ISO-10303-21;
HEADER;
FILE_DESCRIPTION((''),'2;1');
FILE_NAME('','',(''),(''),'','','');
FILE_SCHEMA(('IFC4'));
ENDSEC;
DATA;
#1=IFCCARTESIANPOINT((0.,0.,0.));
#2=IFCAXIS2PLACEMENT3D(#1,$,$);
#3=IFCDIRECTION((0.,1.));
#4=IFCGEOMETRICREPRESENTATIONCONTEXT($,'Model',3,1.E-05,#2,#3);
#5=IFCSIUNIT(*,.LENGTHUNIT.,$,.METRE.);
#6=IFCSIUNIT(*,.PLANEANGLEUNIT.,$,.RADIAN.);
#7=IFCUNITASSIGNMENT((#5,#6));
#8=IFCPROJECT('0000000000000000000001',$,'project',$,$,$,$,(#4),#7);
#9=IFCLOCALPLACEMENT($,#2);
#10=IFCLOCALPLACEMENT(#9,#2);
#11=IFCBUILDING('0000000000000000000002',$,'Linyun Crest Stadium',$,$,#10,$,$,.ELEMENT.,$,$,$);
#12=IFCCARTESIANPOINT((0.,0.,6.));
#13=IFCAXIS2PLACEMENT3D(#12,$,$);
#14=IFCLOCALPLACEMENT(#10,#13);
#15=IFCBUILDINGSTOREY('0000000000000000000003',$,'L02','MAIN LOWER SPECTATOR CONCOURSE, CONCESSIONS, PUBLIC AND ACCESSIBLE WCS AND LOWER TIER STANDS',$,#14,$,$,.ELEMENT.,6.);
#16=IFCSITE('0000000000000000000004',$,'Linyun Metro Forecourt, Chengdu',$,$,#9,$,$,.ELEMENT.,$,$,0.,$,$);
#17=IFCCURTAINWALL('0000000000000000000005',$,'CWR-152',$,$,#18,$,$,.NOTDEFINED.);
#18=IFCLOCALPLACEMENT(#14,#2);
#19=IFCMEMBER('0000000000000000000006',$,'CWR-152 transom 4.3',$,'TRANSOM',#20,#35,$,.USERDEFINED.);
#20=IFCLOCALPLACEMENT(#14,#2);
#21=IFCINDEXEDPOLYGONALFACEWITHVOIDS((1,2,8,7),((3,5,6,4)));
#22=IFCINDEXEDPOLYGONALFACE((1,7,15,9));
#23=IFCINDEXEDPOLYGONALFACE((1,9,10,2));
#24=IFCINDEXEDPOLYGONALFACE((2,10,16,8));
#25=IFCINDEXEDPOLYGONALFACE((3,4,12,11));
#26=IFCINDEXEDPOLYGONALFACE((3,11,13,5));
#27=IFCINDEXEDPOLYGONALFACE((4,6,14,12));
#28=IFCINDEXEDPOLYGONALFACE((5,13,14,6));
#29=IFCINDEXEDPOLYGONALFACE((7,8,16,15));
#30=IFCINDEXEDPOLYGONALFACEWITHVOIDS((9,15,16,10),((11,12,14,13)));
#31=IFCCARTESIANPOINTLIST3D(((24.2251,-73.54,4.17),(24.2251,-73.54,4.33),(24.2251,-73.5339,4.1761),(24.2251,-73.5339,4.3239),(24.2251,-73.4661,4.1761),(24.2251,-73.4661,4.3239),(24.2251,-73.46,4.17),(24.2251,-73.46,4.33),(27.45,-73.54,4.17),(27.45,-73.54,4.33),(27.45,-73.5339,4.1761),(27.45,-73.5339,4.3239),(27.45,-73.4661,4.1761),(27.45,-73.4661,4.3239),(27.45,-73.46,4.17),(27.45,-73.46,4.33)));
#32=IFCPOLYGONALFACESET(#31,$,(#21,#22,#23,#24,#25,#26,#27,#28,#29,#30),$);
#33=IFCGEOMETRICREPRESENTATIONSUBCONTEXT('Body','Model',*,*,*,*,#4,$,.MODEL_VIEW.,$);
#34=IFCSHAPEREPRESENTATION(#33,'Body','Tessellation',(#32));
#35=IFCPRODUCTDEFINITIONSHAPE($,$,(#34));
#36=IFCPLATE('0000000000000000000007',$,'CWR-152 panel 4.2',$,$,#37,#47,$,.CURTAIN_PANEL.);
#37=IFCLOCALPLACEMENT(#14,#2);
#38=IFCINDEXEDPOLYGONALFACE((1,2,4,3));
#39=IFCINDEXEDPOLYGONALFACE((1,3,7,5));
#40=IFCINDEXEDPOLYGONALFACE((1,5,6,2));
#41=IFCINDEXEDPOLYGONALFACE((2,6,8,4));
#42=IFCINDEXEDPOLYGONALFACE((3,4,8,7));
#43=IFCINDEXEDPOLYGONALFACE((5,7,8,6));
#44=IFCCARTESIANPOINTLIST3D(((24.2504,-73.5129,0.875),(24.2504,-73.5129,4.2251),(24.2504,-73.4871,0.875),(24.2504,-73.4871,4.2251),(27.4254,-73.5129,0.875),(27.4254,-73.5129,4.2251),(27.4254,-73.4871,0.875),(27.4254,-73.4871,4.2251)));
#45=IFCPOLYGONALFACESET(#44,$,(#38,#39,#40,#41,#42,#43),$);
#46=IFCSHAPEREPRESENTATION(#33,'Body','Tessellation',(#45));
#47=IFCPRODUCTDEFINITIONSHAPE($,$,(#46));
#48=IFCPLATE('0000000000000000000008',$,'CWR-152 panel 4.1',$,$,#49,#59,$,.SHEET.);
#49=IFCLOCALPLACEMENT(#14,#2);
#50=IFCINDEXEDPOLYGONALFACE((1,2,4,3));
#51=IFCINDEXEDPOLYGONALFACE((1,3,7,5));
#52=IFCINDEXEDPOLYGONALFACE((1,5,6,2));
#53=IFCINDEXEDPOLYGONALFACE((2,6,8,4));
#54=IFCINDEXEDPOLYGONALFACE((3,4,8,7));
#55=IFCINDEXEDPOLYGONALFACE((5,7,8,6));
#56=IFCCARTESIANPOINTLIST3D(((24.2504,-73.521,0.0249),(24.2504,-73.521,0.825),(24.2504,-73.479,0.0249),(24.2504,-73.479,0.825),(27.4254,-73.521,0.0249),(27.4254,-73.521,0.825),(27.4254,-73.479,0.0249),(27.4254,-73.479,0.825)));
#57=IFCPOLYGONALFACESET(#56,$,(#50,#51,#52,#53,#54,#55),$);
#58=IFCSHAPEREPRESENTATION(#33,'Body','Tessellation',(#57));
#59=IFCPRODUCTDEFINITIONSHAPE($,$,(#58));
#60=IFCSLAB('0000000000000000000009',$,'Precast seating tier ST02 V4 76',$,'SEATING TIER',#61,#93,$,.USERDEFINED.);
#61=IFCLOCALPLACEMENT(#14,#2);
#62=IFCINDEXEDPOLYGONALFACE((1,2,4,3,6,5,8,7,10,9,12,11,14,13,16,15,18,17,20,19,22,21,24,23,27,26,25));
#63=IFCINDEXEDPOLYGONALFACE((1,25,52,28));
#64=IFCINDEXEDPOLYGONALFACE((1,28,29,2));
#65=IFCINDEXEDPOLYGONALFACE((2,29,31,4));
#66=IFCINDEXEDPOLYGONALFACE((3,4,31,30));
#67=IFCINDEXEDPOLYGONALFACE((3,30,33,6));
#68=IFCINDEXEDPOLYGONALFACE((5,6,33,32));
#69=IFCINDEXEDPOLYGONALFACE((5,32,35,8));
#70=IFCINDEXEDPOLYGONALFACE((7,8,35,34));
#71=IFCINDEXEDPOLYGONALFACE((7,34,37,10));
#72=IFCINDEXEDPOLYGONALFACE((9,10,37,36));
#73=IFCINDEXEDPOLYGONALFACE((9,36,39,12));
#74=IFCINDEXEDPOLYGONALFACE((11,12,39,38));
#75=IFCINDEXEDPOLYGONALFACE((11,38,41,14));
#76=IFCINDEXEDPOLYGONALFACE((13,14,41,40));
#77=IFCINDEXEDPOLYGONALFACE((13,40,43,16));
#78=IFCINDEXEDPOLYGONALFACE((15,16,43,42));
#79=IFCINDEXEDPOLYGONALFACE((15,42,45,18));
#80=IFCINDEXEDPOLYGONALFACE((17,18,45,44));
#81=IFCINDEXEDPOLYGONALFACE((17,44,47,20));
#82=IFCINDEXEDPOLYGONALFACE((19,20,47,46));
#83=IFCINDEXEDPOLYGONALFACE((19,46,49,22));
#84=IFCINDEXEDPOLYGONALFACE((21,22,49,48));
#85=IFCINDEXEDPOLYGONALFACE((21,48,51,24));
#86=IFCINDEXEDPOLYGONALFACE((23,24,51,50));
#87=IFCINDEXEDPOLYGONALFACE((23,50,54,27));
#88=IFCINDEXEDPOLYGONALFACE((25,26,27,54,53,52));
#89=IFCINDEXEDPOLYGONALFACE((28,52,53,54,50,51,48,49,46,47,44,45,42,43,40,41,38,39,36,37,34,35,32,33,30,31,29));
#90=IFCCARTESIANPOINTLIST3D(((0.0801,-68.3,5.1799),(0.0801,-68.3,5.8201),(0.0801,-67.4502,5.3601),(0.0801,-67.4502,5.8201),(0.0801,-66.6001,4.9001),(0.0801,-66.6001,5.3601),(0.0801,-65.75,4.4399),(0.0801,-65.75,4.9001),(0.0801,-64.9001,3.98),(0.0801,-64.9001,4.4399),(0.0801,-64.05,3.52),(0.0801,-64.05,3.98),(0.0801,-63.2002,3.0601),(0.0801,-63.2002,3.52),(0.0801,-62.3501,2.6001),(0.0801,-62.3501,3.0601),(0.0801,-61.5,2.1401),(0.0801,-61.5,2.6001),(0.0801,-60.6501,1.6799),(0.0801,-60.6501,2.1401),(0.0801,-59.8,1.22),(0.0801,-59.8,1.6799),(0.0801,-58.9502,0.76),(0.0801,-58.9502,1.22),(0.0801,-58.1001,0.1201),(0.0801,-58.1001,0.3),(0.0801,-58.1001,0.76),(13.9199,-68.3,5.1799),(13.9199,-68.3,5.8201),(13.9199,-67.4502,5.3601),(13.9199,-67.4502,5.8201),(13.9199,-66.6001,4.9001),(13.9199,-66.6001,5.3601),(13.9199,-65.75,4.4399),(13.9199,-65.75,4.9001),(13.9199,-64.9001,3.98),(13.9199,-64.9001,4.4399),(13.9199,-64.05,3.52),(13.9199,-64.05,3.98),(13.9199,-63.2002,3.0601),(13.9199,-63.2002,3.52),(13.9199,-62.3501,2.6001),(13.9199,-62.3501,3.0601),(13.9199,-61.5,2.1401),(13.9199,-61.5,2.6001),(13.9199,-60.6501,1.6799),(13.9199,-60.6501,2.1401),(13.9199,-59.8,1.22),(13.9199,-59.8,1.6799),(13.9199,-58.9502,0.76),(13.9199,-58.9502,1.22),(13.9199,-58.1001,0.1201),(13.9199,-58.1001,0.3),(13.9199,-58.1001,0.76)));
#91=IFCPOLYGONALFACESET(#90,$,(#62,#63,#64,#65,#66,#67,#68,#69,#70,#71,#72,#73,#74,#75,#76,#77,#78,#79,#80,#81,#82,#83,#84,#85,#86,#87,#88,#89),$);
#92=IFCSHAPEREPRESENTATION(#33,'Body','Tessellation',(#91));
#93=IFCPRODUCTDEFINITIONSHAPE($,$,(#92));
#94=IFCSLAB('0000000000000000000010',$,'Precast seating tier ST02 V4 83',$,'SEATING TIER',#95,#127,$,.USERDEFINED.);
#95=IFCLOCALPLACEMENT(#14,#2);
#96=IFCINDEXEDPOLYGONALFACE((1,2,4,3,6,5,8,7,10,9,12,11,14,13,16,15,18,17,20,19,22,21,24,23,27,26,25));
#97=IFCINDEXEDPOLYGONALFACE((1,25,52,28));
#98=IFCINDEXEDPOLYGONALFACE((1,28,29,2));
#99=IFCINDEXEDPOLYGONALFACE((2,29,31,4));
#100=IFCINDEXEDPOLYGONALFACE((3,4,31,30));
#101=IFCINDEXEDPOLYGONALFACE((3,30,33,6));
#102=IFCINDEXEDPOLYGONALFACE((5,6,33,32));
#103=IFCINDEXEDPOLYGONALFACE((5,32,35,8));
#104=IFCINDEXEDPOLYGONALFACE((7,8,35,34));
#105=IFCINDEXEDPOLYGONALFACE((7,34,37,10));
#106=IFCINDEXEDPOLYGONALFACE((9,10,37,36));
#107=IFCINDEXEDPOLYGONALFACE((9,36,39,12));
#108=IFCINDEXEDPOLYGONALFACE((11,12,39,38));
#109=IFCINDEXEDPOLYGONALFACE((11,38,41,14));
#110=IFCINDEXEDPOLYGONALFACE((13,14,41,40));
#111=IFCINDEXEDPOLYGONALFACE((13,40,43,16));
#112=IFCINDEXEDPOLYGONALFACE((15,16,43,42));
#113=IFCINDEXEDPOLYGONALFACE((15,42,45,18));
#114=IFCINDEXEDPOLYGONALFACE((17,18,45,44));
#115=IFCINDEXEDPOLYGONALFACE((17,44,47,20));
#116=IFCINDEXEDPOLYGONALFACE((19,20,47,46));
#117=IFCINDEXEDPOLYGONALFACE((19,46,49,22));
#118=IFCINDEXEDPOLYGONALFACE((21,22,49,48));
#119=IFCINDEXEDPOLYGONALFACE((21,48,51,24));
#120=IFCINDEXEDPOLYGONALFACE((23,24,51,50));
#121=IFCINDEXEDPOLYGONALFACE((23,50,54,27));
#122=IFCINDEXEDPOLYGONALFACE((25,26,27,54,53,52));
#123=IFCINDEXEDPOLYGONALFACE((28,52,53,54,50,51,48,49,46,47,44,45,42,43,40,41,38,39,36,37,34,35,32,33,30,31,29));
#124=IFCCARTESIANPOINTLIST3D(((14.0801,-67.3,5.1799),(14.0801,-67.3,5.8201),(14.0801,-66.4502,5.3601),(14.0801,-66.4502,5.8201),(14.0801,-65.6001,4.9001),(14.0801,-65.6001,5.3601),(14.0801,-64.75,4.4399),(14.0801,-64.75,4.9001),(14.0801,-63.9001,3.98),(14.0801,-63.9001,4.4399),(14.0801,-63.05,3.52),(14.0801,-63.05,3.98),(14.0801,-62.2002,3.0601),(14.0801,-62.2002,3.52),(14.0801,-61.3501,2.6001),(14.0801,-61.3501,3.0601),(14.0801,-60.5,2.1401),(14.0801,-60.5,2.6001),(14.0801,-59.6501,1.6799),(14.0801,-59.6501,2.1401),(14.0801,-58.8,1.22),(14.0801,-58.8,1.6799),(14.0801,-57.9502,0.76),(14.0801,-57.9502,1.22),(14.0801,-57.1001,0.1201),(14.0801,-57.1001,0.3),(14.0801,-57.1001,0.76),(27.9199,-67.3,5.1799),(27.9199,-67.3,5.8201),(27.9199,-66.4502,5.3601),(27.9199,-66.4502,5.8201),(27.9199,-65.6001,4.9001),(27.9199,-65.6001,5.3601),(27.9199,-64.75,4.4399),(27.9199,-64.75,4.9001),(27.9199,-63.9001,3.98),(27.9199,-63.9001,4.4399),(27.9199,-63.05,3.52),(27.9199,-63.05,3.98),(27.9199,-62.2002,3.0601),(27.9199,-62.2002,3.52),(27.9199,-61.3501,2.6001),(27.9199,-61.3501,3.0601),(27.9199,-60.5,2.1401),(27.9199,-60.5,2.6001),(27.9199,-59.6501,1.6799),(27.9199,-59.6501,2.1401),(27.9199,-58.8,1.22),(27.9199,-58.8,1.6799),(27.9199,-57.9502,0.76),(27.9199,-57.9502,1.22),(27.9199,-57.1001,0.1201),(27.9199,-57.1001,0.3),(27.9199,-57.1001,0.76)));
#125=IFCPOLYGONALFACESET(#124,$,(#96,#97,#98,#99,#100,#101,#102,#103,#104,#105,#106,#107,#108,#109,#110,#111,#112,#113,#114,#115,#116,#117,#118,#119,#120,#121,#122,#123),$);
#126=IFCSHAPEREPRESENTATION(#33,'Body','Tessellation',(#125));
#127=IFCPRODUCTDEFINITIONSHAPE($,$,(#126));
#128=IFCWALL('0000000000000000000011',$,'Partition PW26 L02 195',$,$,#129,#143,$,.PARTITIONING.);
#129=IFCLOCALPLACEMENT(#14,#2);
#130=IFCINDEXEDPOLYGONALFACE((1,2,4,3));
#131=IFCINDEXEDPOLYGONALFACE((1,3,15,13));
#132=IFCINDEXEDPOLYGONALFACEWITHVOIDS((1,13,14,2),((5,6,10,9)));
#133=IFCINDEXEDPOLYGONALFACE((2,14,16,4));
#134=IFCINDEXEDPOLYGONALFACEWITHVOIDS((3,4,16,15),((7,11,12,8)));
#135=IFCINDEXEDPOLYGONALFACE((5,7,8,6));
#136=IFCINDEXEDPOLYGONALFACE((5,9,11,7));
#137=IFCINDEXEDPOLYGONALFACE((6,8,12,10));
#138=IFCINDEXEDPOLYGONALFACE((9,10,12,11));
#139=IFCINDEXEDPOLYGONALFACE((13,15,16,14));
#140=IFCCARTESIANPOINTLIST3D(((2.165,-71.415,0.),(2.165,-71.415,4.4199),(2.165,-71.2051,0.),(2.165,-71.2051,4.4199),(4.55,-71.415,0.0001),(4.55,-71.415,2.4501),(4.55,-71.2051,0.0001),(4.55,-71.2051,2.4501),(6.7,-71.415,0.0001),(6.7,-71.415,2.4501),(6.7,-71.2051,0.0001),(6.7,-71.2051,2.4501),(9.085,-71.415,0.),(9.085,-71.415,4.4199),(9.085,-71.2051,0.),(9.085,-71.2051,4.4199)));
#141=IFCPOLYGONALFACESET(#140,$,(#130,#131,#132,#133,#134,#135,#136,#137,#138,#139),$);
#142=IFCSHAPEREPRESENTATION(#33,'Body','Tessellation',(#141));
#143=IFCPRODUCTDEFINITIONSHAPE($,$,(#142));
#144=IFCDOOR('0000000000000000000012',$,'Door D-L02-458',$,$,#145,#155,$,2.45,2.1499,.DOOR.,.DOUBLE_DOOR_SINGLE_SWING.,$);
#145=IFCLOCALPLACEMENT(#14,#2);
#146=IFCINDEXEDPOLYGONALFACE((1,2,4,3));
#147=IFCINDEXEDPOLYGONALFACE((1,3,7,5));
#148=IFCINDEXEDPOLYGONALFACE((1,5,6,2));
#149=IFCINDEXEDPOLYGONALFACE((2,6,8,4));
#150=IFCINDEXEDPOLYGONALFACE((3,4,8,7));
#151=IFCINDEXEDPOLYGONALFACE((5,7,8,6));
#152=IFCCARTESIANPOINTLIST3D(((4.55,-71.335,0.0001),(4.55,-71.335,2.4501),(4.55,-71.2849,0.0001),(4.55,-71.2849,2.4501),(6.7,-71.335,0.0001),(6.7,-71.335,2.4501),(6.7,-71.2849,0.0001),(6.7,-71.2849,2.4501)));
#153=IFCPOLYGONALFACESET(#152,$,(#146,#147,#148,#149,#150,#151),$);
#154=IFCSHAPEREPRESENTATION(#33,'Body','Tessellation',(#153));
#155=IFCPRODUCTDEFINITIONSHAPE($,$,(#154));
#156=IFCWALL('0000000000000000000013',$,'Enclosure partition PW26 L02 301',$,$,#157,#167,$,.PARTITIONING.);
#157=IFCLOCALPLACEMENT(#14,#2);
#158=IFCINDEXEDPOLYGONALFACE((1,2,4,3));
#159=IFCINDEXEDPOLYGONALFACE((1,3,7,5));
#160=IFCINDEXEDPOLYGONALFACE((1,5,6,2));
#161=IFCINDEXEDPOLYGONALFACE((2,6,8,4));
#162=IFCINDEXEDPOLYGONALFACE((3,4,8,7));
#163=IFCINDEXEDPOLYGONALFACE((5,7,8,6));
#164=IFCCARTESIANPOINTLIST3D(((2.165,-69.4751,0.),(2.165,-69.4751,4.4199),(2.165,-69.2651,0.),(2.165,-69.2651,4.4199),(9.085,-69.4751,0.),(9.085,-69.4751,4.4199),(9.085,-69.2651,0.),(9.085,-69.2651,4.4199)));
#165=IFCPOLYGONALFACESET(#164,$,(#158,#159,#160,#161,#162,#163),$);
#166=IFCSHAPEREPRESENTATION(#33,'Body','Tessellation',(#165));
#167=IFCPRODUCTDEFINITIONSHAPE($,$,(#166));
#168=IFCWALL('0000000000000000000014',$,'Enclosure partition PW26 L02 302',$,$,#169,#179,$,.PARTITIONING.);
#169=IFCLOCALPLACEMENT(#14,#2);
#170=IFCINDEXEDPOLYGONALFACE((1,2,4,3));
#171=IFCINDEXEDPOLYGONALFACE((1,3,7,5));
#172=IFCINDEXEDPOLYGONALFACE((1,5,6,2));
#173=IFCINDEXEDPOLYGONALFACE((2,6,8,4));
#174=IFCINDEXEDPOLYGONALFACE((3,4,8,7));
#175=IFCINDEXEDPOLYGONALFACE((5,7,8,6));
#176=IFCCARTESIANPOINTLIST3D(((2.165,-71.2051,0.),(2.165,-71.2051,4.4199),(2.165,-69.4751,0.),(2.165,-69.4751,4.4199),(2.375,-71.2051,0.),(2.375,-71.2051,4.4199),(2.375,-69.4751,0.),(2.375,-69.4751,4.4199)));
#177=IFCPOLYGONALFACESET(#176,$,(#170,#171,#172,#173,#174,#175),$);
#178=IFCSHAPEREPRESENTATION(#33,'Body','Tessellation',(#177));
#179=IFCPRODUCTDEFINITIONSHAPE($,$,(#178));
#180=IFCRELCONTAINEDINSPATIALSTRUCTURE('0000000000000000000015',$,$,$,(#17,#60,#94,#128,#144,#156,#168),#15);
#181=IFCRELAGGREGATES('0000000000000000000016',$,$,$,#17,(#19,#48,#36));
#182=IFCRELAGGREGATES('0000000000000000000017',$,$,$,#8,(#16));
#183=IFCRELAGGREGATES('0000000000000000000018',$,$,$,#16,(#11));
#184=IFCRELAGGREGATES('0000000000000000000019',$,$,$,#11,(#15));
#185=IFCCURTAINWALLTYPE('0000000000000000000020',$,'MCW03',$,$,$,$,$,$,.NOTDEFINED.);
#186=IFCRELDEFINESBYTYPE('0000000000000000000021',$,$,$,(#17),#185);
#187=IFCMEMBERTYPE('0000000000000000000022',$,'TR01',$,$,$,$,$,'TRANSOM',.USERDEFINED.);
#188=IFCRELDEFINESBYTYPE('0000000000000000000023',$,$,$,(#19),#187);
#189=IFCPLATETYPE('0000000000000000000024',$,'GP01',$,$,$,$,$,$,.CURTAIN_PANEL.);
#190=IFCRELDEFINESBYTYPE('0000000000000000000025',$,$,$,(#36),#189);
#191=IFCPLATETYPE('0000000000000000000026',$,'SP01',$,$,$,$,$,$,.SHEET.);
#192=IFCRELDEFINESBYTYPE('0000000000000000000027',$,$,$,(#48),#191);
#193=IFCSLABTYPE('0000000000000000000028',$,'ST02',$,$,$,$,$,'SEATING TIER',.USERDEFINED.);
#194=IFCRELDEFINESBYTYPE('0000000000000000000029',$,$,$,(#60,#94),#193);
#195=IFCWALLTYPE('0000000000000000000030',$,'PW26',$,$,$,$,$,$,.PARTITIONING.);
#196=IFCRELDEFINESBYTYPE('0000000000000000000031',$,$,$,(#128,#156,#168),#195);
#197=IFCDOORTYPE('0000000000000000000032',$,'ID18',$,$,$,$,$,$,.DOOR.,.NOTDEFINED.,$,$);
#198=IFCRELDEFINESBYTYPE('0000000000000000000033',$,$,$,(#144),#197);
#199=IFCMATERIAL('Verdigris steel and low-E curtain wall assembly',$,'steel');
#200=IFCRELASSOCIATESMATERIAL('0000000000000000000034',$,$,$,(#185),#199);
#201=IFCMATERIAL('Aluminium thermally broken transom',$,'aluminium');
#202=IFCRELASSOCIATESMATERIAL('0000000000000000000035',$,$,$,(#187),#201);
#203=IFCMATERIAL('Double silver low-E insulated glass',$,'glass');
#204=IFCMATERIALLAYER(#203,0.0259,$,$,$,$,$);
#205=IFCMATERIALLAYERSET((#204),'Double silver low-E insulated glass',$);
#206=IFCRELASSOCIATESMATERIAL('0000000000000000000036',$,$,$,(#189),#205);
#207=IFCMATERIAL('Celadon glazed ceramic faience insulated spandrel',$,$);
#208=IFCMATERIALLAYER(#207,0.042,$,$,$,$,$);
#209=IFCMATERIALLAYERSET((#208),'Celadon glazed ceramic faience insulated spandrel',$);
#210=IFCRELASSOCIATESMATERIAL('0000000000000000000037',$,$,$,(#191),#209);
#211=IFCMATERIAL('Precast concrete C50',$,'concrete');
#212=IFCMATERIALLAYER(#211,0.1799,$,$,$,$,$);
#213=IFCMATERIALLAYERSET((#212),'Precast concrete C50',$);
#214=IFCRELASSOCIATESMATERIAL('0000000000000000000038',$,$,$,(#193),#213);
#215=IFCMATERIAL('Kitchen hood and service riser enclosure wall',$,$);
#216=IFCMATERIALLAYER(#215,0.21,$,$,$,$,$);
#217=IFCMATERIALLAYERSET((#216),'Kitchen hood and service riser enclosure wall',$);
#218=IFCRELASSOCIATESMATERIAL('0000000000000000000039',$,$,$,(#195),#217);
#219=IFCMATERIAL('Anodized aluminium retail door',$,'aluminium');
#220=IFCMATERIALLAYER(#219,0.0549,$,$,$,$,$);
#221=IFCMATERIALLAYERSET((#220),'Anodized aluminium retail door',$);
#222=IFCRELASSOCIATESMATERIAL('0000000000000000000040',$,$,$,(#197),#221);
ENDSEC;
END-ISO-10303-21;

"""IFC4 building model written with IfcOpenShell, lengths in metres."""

from ifc_helpers import new_model, si_unit, direction, frame, frame_2d, origin, origin_2d, place, context, subcontext, project, spatial, polyline, rectangle, hollow_rectangle, outline, extrude, material, layer, layer_set, material_profile, profile_set, type_object, element, fill, aggregate, save


model = new_model("IFC4")

# Units and contexts
model_context = context("Model", 3, precision=1e-05, world=origin(), true_north=direction((0.0, 1.0)))
body_context = subcontext(model_context, "Body", "Model", "MODEL_VIEW")
ifc_project = project(units=[si_unit("LENGTHUNIT", "METRE"), si_unit("PLANEANGLEUNIT", "RADIAN")], contexts=[model_context])

# Site, building, storey
site_placement = place(None, origin())
site = spatial("IfcSite", under=ifc_project, at=site_placement, Name="Linyun Metro Forecourt, Chengdu", CompositionType="ELEMENT", RefElevation=0.0)
building_placement = place(site_placement, origin())
building = spatial("IfcBuilding", under=site, at=building_placement, Name="Linyun Crest Stadium", CompositionType="ELEMENT")
storey_placement = place(building_placement, frame((0.0, 0.0, 6.0)))
storey = spatial("IfcBuildingStorey", under=building, at=storey_placement, Name="L02", Description="MAIN LOWER SPECTATOR CONCOURSE, CONCESSIONS, PUBLIC AND ACCESSIBLE WCS AND LOWER TIER STANDS", CompositionType="ELEMENT", Elevation=6.0)

# Curtain wall, member, plates
ifc_material_1 = material(Name="Verdigris steel and low-E curtain wall assembly", Category="steel")
curtain_wall_type = type_object("IfcCurtainWallType", Name="MCW03", PredefinedType="NOTDEFINED", material=ifc_material_1)
curtain_wall_placement = place(storey_placement, origin())
curtain_wall = element("IfcCurtainWall", 1, at=curtain_wall_placement, inside=storey, type_object=curtain_wall_type, Name="CWR-152", PredefinedType="NOTDEFINED")
ifc_material_2 = material(Name="Aluminium thermally broken transom", Category="aluminium")
ifc_material_profile_1 = material_profile(ifc_material_2, hollow_rectangle(XDim=0.0801, YDim=0.1599, WallThickness=0.0061, at=origin_2d()), Name="RHS 160x80x6")
ifc_profile_set_1 = profile_set([ifc_material_profile_1], Name="Aluminium thermally broken transom")
member_type_1 = type_object("IfcMemberType", Name="TR01", ElementType="TRANSOM", PredefinedType="USERDEFINED", material=ifc_profile_set_1)
member_1_placement = place(storey_placement, frame((24.2251, -73.5, 4.25), z_axis=(1.0, 0.0, 0.0), x_axis=(0.0, 1.0, 0.0)))
member_1 = element("IfcMember", 2, at=member_1_placement, type_object=member_type_1, Name="CWR-152 transom 4.3", ObjectType="TRANSOM", PredefinedType="USERDEFINED", context=body_context, shape_type="SweptSolid", body=[
    extrude(hollow_rectangle(XDim=0.0801, YDim=0.1599, WallThickness=0.0061, at=origin_2d()), origin(), (0.0, 0.0, 1.0), 3.2249),
])
ifc_material_3 = material(Name="Double silver low-E insulated glass", Category="glass")
ifc_layer_1 = layer(ifc_material_3, 0.0259)
ifc_layer_set_1 = layer_set([ifc_layer_1], Name="Double silver low-E insulated glass")
plate_type_1 = type_object("IfcPlateType", Name="GP01", PredefinedType="CURTAIN_PANEL", material=ifc_layer_set_1)
plate_1_placement = place(storey_placement, frame((25.8379, -73.5, 0.875), z_axis=(0.0, 0.0, 1.0), x_axis=(1.0, 0.0, 0.0)))
plate_1 = element("IfcPlate", 3, at=plate_1_placement, type_object=plate_type_1, Name="CWR-152 panel 4.2", PredefinedType="CURTAIN_PANEL", context=body_context, shape_type="SweptSolid", body=[
    extrude(rectangle(XDim=3.175, YDim=0.0259, at=origin_2d()), origin(), (0.0, 0.0, 1.0), 3.3501),
])
ifc_material_4 = material(Name="Celadon glazed ceramic faience insulated spandrel")
ifc_layer_2 = layer(ifc_material_4, 0.042)
ifc_layer_set_2 = layer_set([ifc_layer_2], Name="Celadon glazed ceramic faience insulated spandrel")
plate_type_2 = type_object("IfcPlateType", Name="SP01", PredefinedType="SHEET", material=ifc_layer_set_2)
plate_2_placement = place(storey_placement, frame((25.8379, -73.5, 0.0249), z_axis=(0.0, 0.0, 1.0), x_axis=(1.0, 0.0, 0.0)))
plate_2 = element("IfcPlate", 4, at=plate_2_placement, type_object=plate_type_2, Name="CWR-152 panel 4.1", PredefinedType="SHEET", context=body_context, shape_type="SweptSolid", body=[
    extrude(rectangle(XDim=3.175, YDim=0.042, at=origin_2d()), origin(), (0.0, 0.0, 1.0), 0.8),
])
aggregate(curtain_wall, [member_1, plate_2, plate_1])

# Slabs
ifc_material_5 = material(Name="Precast concrete C50", Category="concrete")
ifc_layer_3 = layer(ifc_material_5, 0.1799)
ifc_layer_set_3 = layer_set([ifc_layer_3], Name="Precast concrete C50")
slab_type = type_object("IfcSlabType", Name="ST02", ElementType="SEATING TIER", PredefinedType="USERDEFINED", material=ifc_layer_set_3)
for number, where, z_axis, x_axis, name in (
    (5, (0.0801, -58.1001, 0.3), (0.0, 0.0, 1.0), (0.0, -1.0, 0.0), "Precast seating tier ST02 V4 76"),
    (6, (14.0801, -57.1001, 0.3), (0.0, 0.0, 1.0), (0.0, -1.0, 0.0), "Precast seating tier ST02 V4 83"),
):
    element("IfcSlab", number, at=place(storey_placement, frame(where, z_axis=z_axis, x_axis=x_axis)), inside=storey, type_object=slab_type, Name=name, ObjectType="SEATING TIER", PredefinedType="USERDEFINED", context=body_context, shape_type="SweptSolid", body=[
        extrude(outline(polyline([(0.0, 0.0), (0.0, -0.46), (0.8501, -0.46), (0.8501, -0.9199), (1.7, -0.9199), (1.7, -1.3799), (2.55, -1.3799), (2.55, -1.8401), (3.3999, -1.8401), (3.3999, -2.3), (4.25, -2.3), (4.25, -2.76), (5.1001, -2.76), (5.1001, -3.22), (5.95, -3.22), (5.95, -3.6799), (6.8, -3.6799), (6.8, -4.1399), (7.6499, -4.1399), (7.6499, -4.6001), (8.5, -4.6001), (8.5, -5.0601), (9.3501, -5.0601), (9.3501, -5.52), (10.2, -5.52), (10.2, -4.8799), (0.0, 0.1799), (0.0, 0.0)])), frame((0.0, 0.0, 0.0), z_axis=(0.0, 1.0, 0.0), x_axis=(1.0, 0.0, 0.0)), (0.0, 0.0, 1.0), 13.8398),
    ])

# Wall, opening, door
ifc_material_6 = material(Name="Kitchen hood and service riser enclosure wall")
ifc_layer_4 = layer(ifc_material_6, 0.21)
ifc_layer_set_4 = layer_set([ifc_layer_4], Name="Kitchen hood and service riser enclosure wall")
wall_type_1 = type_object("IfcWallType", Name="PW26", PredefinedType="PARTITIONING", material=ifc_layer_set_4)
wall_1_placement = place(storey_placement, frame((9.085, -71.3101, 0.0), z_axis=(0.0, 0.0, 1.0), x_axis=(-1.0, 0.0, 0.0)))
wall_1 = element("IfcWall", 7, at=wall_1_placement, inside=storey, type_object=wall_type_1, Name="Partition PW26 L02 195", PredefinedType="PARTITIONING", context=body_context, shape_type="SweptSolid", body=[
    extrude(rectangle(XDim=6.9199, YDim=0.21, at=frame_2d((3.46, 0.0))), origin(), (0.0, 0.0, 1.0), 4.4199),
])
opening_placement = place(wall_1_placement, frame((2.385, 0.0, 0.0)))
opening = element("IfcOpeningElement", 8, at=opening_placement, cuts=wall_1, PredefinedType="OPENING", context=body_context, shape_type="SweptSolid", body=[
    extrude(rectangle(XDim=2.1499, YDim=2.45, at=frame_2d((1.075, 1.2251))), frame((0.0, 0.115, 0.0), z_axis=(0.0, -1.0, 0.0), x_axis=(1.0, 0.0, 0.0)), (0.0, 0.0, 1.0), 0.23),
])
ifc_material_7 = material(Name="Anodized aluminium retail door", Category="aluminium")
ifc_layer_5 = layer(ifc_material_7, 0.0549)
ifc_layer_set_5 = layer_set([ifc_layer_5], Name="Anodized aluminium retail door")
door_type = type_object("IfcDoorType", Name="ID18", OperationType="NOTDEFINED", PredefinedType="DOOR", material=ifc_layer_set_5)
door_placement = place(opening_placement, origin())
door = element("IfcDoor", 9, at=door_placement, inside=storey, type_object=door_type, Name="Door D-L02-458", OperationType="DOUBLE_DOOR_SINGLE_SWING", OverallHeight=2.45, OverallWidth=2.1499, PredefinedType="DOOR", context=body_context, shape_type="SweptSolid", body=[
    extrude(rectangle(XDim=2.1499, YDim=2.45, at=frame_2d((1.075, 1.2251))), frame((0.0, 0.0249, 0.0), z_axis=(0.0, -1.0, 0.0), x_axis=(1.0, 0.0, 0.0)), (0.0, 0.0, 1.0), 0.05),
])
fill(opening, door)

# Walls
wall_2_placement = place(storey_placement, frame((2.165, -69.3701, 0.0), z_axis=(0.0, 0.0, 1.0), x_axis=(1.0, 0.0, 0.0)))
element("IfcWall", 10, at=wall_2_placement, inside=storey, type_object=wall_type_1, Name="Enclosure partition PW26 L02 301", PredefinedType="PARTITIONING", context=body_context, shape_type="SweptSolid", body=[
    extrude(rectangle(XDim=6.9199, YDim=0.21, at=frame_2d((3.46, 0.0))), origin(), (0.0, 0.0, 1.0), 4.4199),
])
for number, where, z_axis, x_axis, name in (
    (11, (2.27, -71.2051, 0.0), (0.0, 0.0, 1.0), (0.0, 1.0, 0.0), "Enclosure partition PW26 L02 302"),
):
    element("IfcWall", number, at=place(storey_placement, frame(where, z_axis=z_axis, x_axis=x_axis)), inside=storey, type_object=wall_type_1, Name=name, PredefinedType="PARTITIONING", context=body_context, shape_type="SweptSolid", body=[
        extrude(rectangle(XDim=1.73, YDim=0.21, at=frame_2d((0.865, 0.0))), origin(), (0.0, 0.0, 1.0), 4.4199),
    ])

save(model, "model.ifc")
